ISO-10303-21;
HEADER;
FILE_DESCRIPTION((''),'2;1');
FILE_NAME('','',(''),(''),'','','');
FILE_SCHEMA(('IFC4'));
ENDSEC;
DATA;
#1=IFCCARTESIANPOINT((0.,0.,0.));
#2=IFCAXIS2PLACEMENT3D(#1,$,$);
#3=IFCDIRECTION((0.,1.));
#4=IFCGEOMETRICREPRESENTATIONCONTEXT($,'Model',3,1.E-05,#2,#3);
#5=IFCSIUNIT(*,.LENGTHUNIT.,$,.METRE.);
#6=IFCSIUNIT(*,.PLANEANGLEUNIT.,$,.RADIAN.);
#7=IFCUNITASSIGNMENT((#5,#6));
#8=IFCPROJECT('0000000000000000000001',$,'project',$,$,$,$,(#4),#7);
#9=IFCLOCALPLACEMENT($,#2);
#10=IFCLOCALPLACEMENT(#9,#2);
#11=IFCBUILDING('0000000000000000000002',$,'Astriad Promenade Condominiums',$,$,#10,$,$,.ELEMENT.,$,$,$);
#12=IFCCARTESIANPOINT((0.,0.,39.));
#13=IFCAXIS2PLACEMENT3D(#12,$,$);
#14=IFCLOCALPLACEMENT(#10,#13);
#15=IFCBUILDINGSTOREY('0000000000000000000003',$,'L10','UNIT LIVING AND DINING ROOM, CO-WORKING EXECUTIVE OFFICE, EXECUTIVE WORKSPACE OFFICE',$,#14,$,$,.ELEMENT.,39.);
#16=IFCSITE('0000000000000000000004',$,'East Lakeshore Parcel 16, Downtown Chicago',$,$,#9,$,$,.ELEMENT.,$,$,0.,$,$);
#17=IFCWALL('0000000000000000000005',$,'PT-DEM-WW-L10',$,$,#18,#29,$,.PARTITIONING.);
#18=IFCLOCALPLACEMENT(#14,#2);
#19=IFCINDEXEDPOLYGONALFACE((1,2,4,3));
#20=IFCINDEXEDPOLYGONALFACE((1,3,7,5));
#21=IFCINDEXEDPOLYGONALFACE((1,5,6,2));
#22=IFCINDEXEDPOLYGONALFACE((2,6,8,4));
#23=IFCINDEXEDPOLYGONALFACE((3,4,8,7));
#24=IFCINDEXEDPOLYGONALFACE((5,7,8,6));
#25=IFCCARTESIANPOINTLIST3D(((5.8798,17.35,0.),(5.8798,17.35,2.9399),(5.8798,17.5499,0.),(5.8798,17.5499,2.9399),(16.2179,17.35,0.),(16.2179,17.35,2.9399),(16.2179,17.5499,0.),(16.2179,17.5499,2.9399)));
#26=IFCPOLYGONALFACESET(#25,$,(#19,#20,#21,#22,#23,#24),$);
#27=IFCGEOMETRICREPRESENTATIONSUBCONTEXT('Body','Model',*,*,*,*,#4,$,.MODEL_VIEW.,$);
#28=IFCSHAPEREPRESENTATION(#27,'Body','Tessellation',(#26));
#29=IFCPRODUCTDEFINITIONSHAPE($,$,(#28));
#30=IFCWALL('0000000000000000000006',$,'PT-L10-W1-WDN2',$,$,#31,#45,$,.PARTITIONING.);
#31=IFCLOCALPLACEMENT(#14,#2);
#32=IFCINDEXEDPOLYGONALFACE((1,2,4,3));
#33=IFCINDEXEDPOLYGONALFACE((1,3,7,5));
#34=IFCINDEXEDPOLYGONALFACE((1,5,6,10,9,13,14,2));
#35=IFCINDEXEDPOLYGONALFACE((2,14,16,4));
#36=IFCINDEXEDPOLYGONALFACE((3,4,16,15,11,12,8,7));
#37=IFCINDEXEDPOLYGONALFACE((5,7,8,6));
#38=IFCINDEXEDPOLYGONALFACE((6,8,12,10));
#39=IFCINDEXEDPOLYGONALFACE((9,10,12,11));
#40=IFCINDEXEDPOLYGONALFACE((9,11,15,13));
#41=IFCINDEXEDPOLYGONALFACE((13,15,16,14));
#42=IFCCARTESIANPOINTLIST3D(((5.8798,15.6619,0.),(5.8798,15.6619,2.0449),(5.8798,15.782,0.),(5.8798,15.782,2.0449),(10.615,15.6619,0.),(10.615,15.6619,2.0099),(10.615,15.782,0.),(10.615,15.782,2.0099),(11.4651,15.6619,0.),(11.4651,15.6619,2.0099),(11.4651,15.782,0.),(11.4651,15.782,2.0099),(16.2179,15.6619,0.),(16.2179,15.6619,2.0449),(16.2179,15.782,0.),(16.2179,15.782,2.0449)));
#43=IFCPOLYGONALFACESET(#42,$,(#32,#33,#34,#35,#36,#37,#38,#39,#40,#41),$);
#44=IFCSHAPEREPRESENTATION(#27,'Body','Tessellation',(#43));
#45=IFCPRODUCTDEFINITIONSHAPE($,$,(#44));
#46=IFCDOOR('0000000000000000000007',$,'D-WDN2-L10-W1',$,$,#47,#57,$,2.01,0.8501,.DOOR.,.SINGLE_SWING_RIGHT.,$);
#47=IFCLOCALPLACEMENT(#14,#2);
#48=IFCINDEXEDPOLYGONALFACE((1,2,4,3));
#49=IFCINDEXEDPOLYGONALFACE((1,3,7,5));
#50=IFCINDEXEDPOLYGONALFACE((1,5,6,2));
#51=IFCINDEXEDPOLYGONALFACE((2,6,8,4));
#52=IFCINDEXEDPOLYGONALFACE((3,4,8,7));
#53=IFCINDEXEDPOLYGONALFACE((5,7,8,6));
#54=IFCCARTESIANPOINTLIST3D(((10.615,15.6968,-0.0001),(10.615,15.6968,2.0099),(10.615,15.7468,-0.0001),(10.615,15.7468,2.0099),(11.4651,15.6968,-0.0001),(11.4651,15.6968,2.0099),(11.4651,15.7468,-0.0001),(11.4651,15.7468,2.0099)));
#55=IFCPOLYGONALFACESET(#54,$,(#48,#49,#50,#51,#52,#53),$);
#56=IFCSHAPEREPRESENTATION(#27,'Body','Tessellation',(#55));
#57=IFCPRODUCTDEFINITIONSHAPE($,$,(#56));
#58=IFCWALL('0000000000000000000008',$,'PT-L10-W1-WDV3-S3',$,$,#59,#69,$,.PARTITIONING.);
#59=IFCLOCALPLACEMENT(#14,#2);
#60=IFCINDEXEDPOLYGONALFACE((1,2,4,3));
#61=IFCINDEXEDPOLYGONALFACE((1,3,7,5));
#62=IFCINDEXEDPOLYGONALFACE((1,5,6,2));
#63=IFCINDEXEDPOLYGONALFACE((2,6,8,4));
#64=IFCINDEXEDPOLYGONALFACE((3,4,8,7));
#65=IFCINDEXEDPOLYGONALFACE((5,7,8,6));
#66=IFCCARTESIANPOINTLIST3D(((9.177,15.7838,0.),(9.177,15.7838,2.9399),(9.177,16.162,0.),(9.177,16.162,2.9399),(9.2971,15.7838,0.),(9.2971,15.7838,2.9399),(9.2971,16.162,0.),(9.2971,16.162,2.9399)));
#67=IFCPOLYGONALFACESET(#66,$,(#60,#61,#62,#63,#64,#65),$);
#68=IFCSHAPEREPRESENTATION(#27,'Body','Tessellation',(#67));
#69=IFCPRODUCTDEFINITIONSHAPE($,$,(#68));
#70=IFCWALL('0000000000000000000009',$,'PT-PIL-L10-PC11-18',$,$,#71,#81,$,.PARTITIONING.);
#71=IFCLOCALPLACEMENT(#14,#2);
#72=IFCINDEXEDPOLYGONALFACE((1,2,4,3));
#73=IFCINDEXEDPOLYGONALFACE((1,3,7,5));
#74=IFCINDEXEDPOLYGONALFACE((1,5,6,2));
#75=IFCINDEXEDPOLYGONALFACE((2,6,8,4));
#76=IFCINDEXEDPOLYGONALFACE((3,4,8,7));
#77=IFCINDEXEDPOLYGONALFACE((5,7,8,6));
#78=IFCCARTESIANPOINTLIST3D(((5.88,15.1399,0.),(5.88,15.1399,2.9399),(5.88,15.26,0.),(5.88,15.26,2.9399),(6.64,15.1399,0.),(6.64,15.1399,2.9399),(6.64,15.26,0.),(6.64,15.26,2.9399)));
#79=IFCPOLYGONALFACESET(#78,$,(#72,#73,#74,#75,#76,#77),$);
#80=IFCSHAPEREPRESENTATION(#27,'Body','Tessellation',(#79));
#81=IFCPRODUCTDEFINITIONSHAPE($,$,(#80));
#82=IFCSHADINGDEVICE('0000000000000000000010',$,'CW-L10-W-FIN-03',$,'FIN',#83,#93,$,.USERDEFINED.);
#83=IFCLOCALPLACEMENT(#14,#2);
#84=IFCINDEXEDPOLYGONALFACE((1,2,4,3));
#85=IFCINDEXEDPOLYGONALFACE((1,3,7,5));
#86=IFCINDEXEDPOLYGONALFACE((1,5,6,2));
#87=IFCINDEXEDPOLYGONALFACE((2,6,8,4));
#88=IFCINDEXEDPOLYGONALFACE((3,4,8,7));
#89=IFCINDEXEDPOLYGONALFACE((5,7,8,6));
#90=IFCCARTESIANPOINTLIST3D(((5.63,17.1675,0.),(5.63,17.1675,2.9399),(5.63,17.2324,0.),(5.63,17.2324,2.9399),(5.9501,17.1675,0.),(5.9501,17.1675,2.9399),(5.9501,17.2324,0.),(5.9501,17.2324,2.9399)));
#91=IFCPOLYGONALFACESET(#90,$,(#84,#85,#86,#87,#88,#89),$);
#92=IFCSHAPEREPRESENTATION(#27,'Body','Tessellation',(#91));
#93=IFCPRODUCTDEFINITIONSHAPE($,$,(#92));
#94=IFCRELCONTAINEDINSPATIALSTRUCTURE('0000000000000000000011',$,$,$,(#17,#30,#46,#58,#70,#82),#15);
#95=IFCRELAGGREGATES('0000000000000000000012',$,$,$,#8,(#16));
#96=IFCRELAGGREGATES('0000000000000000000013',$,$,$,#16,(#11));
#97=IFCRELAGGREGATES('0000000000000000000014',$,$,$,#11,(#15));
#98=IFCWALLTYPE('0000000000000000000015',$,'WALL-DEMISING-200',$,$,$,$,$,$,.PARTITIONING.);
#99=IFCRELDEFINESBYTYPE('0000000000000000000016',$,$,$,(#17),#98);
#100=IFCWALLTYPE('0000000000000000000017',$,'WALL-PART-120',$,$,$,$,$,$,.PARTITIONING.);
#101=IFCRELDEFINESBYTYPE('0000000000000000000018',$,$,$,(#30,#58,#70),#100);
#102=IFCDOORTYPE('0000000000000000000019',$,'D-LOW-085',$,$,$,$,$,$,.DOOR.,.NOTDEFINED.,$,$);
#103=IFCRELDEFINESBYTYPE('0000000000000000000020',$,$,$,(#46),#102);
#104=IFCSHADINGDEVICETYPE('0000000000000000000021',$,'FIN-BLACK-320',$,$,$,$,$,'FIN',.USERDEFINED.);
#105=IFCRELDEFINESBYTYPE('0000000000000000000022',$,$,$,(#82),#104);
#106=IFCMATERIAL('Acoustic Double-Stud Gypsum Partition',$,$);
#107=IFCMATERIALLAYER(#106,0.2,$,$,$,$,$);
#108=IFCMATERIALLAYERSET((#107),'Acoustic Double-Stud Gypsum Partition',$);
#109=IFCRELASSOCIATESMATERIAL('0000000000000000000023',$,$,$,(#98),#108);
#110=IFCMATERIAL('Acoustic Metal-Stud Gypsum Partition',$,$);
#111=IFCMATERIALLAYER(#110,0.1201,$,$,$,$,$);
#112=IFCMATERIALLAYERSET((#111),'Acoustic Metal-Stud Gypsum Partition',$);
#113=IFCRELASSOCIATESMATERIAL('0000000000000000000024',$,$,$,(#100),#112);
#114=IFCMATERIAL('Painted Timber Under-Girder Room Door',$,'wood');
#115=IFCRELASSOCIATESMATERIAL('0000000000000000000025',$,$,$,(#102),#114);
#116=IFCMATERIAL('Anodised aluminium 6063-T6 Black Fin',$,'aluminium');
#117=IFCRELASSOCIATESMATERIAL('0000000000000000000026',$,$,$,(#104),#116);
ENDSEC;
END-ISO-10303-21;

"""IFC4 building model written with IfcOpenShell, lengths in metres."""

from ifc_helpers import new_model, si_unit, direction, frame, frame_2d, origin, origin_2d, place, context, subcontext, project, spatial, rectangle, extrude, source, transform, mapped, material, layer, layer_set, type_object, type_shapes, element, fill, save


model = new_model("IFC4")

# Units and contexts
model_context = context("Model", 3, precision=1e-05, world=origin(), true_north=direction((0.0, 1.0)))
body_context = subcontext(model_context, "Body", "Model", "MODEL_VIEW")
ifc_project = project(units=[si_unit("LENGTHUNIT", "METRE"), si_unit("PLANEANGLEUNIT", "RADIAN")], contexts=[model_context])

# Site, building, storey
site_placement = place(None, origin())
site = spatial("IfcSite", under=ifc_project, at=site_placement, Name="East Lakeshore Parcel 16, Downtown Chicago", CompositionType="ELEMENT", RefElevation=0.0)
building_placement = place(site_placement, origin())
building = spatial("IfcBuilding", under=site, at=building_placement, Name="Astriad Promenade Condominiums", CompositionType="ELEMENT")
storey_placement = place(building_placement, frame((0.0, 0.0, 39.0)))
storey = spatial("IfcBuildingStorey", under=building, at=storey_placement, Name="L10", Description="UNIT LIVING AND DINING ROOM, CO-WORKING EXECUTIVE OFFICE, EXECUTIVE WORKSPACE OFFICE", CompositionType="ELEMENT", Elevation=39.0)

# Wall
ifc_material_1 = material(Name="Acoustic Double-Stud Gypsum Partition")
ifc_layer_1 = layer(ifc_material_1, 0.2)
ifc_layer_set_1 = layer_set([ifc_layer_1], Name="Acoustic Double-Stud Gypsum Partition")
wall_type_1 = type_object("IfcWallType", Name="WALL-DEMISING-200", PredefinedType="PARTITIONING", material=ifc_layer_set_1)
wall_1_placement = place(storey_placement, frame((5.8799, 17.45, 0.0), z_axis=(0.0, 0.0, 1.0), x_axis=(1.0, 0.0, 0.0)))
element("IfcWall", 1, at=wall_1_placement, inside=storey, type_object=wall_type_1, Name="PT-DEM-WW-L10", PredefinedType="PARTITIONING", context=body_context, shape_type="SweptSolid", body=[
    extrude(rectangle(XDim=10.3381, YDim=0.2, at=frame_2d((5.1689, 0.0))), origin(), (0.0, 0.0, 1.0), 2.9399),
])

# Wall, opening, door
ifc_material_2 = material(Name="Acoustic Metal-Stud Gypsum Partition")
ifc_layer_2 = layer(ifc_material_2, 0.1201)
ifc_layer_set_2 = layer_set([ifc_layer_2], Name="Acoustic Metal-Stud Gypsum Partition")
wall_type_2 = type_object("IfcWallType", Name="WALL-PART-120", PredefinedType="PARTITIONING", material=ifc_layer_set_2)
wall_2_placement = place(storey_placement, frame((5.8799, 15.7219, 0.0), z_axis=(0.0, 0.0, 1.0), x_axis=(1.0, 0.0, 0.0)))
wall_2 = element("IfcWall", 2, at=wall_2_placement, inside=storey, type_object=wall_type_2, Name="PT-L10-W1-WDN2", PredefinedType="PARTITIONING", context=body_context, shape_type="SweptSolid", body=[
    extrude(rectangle(XDim=10.3381, YDim=0.1201, at=frame_2d((5.1689, 0.0))), origin(), (0.0, 0.0, 1.0), 2.0449),
])
opening_placement = place(wall_2_placement, frame((4.7351, 0.0, 0.0)))
opening = element("IfcOpeningElement", 3, at=opening_placement, cuts=wall_2, PredefinedType="OPENING", context=body_context, shape_type="SweptSolid", body=[
    extrude(rectangle(XDim=0.8501, YDim=2.01, at=frame_2d((0.425, 1.0049))), frame((0.0, 0.0701, 0.0), z_axis=(0.0, -1.0, 0.0), x_axis=(1.0, 0.0, 0.0)), (0.0, 0.0, 1.0), 0.1401),
])
ifc_material_3 = material(Name="Painted Timber Under-Girder Room Door", Category="wood")
door_type = type_object("IfcDoorType", Name="D-LOW-085", OperationType="NOTDEFINED", PredefinedType="DOOR", material=ifc_material_3)
shared_shape_1 = source(origin(), body_context, "Body", "SweptSolid", [
    extrude(rectangle(XDim=0.8501, YDim=2.01, at=frame_2d((0.425, 1.0049))), frame((0.0, 0.0249, 0.0), z_axis=(0.0, -1.0, 0.0), x_axis=(1.0, 0.0, 0.0)), (0.0, 0.0, 1.0), 0.05),
])
type_shapes(door_type, [shared_shape_1])
door_placement = place(opening_placement, origin())
door = element("IfcDoor", 4, at=door_placement, inside=storey, type_object=door_type, Name="D-WDN2-L10-W1", OperationType="SINGLE_SWING_RIGHT", OverallHeight=2.01, OverallWidth=0.8501, PredefinedType="DOOR", context=body_context, shape_type="MappedRepresentation", body=[
    mapped(shared_shape_1, transform((0.0, 0.0, 0.0), scale=1.0)),
])
fill(opening, door)

# Walls
wall_3_placement = place(storey_placement, frame((9.2371, 15.7839, 0.0), z_axis=(0.0, 0.0, 1.0), x_axis=(0.0, 1.0, 0.0)))
element("IfcWall", 5, at=wall_3_placement, inside=storey, type_object=wall_type_2, Name="PT-L10-W1-WDV3-S3", PredefinedType="PARTITIONING", context=body_context, shape_type="SweptSolid", body=[
    extrude(rectangle(XDim=0.3782, YDim=0.1201, at=frame_2d((0.189, 0.0))), origin(), (0.0, 0.0, 1.0), 2.9399),
])
wall_4_placement = place(storey_placement, frame((6.6399, 15.2, 0.0), z_axis=(0.0, 0.0, 1.0), x_axis=(-1.0, 0.0, 0.0)))
element("IfcWall", 6, at=wall_4_placement, inside=storey, type_object=wall_type_2, Name="PT-PIL-L10-PC11-18", PredefinedType="PARTITIONING", context=body_context, shape_type="SweptSolid", body=[
    extrude(rectangle(XDim=0.76, YDim=0.1201, at=frame_2d((0.3799, 0.0))), origin(), (0.0, 0.0, 1.0), 2.9399),
])

# Shading device
ifc_material_4 = material(Name="Anodised aluminium 6063-T6 Black Fin", Category="aluminium")
shading_device_type = type_object("IfcShadingDeviceType", Name="FIN-BLACK-320", ElementType="FIN", PredefinedType="USERDEFINED", material=ifc_material_4)
shared_shape_2 = source(origin(), body_context, "Body", "SweptSolid", [
    extrude(rectangle(XDim=0.0649, YDim=0.3201, at=origin_2d()), origin(), (0.0, 0.0, 1.0), 2.9399),
])
type_shapes(shading_device_type, [shared_shape_2])
shading_device_placement = place(storey_placement, frame((5.79, 17.2, 0.0), z_axis=(0.0, 0.0, 1.0), x_axis=(0.0, 1.0, 0.0)))
element("IfcShadingDevice", 7, at=shading_device_placement, inside=storey, type_object=shading_device_type, Name="CW-L10-W-FIN-03", ObjectType="FIN", PredefinedType="USERDEFINED", context=body_context, shape_type="MappedRepresentation", body=[
    mapped(shared_shape_2, transform((0.0, 0.0, 0.0), scale=1.0)),
])

save(model, "model.ifc")
